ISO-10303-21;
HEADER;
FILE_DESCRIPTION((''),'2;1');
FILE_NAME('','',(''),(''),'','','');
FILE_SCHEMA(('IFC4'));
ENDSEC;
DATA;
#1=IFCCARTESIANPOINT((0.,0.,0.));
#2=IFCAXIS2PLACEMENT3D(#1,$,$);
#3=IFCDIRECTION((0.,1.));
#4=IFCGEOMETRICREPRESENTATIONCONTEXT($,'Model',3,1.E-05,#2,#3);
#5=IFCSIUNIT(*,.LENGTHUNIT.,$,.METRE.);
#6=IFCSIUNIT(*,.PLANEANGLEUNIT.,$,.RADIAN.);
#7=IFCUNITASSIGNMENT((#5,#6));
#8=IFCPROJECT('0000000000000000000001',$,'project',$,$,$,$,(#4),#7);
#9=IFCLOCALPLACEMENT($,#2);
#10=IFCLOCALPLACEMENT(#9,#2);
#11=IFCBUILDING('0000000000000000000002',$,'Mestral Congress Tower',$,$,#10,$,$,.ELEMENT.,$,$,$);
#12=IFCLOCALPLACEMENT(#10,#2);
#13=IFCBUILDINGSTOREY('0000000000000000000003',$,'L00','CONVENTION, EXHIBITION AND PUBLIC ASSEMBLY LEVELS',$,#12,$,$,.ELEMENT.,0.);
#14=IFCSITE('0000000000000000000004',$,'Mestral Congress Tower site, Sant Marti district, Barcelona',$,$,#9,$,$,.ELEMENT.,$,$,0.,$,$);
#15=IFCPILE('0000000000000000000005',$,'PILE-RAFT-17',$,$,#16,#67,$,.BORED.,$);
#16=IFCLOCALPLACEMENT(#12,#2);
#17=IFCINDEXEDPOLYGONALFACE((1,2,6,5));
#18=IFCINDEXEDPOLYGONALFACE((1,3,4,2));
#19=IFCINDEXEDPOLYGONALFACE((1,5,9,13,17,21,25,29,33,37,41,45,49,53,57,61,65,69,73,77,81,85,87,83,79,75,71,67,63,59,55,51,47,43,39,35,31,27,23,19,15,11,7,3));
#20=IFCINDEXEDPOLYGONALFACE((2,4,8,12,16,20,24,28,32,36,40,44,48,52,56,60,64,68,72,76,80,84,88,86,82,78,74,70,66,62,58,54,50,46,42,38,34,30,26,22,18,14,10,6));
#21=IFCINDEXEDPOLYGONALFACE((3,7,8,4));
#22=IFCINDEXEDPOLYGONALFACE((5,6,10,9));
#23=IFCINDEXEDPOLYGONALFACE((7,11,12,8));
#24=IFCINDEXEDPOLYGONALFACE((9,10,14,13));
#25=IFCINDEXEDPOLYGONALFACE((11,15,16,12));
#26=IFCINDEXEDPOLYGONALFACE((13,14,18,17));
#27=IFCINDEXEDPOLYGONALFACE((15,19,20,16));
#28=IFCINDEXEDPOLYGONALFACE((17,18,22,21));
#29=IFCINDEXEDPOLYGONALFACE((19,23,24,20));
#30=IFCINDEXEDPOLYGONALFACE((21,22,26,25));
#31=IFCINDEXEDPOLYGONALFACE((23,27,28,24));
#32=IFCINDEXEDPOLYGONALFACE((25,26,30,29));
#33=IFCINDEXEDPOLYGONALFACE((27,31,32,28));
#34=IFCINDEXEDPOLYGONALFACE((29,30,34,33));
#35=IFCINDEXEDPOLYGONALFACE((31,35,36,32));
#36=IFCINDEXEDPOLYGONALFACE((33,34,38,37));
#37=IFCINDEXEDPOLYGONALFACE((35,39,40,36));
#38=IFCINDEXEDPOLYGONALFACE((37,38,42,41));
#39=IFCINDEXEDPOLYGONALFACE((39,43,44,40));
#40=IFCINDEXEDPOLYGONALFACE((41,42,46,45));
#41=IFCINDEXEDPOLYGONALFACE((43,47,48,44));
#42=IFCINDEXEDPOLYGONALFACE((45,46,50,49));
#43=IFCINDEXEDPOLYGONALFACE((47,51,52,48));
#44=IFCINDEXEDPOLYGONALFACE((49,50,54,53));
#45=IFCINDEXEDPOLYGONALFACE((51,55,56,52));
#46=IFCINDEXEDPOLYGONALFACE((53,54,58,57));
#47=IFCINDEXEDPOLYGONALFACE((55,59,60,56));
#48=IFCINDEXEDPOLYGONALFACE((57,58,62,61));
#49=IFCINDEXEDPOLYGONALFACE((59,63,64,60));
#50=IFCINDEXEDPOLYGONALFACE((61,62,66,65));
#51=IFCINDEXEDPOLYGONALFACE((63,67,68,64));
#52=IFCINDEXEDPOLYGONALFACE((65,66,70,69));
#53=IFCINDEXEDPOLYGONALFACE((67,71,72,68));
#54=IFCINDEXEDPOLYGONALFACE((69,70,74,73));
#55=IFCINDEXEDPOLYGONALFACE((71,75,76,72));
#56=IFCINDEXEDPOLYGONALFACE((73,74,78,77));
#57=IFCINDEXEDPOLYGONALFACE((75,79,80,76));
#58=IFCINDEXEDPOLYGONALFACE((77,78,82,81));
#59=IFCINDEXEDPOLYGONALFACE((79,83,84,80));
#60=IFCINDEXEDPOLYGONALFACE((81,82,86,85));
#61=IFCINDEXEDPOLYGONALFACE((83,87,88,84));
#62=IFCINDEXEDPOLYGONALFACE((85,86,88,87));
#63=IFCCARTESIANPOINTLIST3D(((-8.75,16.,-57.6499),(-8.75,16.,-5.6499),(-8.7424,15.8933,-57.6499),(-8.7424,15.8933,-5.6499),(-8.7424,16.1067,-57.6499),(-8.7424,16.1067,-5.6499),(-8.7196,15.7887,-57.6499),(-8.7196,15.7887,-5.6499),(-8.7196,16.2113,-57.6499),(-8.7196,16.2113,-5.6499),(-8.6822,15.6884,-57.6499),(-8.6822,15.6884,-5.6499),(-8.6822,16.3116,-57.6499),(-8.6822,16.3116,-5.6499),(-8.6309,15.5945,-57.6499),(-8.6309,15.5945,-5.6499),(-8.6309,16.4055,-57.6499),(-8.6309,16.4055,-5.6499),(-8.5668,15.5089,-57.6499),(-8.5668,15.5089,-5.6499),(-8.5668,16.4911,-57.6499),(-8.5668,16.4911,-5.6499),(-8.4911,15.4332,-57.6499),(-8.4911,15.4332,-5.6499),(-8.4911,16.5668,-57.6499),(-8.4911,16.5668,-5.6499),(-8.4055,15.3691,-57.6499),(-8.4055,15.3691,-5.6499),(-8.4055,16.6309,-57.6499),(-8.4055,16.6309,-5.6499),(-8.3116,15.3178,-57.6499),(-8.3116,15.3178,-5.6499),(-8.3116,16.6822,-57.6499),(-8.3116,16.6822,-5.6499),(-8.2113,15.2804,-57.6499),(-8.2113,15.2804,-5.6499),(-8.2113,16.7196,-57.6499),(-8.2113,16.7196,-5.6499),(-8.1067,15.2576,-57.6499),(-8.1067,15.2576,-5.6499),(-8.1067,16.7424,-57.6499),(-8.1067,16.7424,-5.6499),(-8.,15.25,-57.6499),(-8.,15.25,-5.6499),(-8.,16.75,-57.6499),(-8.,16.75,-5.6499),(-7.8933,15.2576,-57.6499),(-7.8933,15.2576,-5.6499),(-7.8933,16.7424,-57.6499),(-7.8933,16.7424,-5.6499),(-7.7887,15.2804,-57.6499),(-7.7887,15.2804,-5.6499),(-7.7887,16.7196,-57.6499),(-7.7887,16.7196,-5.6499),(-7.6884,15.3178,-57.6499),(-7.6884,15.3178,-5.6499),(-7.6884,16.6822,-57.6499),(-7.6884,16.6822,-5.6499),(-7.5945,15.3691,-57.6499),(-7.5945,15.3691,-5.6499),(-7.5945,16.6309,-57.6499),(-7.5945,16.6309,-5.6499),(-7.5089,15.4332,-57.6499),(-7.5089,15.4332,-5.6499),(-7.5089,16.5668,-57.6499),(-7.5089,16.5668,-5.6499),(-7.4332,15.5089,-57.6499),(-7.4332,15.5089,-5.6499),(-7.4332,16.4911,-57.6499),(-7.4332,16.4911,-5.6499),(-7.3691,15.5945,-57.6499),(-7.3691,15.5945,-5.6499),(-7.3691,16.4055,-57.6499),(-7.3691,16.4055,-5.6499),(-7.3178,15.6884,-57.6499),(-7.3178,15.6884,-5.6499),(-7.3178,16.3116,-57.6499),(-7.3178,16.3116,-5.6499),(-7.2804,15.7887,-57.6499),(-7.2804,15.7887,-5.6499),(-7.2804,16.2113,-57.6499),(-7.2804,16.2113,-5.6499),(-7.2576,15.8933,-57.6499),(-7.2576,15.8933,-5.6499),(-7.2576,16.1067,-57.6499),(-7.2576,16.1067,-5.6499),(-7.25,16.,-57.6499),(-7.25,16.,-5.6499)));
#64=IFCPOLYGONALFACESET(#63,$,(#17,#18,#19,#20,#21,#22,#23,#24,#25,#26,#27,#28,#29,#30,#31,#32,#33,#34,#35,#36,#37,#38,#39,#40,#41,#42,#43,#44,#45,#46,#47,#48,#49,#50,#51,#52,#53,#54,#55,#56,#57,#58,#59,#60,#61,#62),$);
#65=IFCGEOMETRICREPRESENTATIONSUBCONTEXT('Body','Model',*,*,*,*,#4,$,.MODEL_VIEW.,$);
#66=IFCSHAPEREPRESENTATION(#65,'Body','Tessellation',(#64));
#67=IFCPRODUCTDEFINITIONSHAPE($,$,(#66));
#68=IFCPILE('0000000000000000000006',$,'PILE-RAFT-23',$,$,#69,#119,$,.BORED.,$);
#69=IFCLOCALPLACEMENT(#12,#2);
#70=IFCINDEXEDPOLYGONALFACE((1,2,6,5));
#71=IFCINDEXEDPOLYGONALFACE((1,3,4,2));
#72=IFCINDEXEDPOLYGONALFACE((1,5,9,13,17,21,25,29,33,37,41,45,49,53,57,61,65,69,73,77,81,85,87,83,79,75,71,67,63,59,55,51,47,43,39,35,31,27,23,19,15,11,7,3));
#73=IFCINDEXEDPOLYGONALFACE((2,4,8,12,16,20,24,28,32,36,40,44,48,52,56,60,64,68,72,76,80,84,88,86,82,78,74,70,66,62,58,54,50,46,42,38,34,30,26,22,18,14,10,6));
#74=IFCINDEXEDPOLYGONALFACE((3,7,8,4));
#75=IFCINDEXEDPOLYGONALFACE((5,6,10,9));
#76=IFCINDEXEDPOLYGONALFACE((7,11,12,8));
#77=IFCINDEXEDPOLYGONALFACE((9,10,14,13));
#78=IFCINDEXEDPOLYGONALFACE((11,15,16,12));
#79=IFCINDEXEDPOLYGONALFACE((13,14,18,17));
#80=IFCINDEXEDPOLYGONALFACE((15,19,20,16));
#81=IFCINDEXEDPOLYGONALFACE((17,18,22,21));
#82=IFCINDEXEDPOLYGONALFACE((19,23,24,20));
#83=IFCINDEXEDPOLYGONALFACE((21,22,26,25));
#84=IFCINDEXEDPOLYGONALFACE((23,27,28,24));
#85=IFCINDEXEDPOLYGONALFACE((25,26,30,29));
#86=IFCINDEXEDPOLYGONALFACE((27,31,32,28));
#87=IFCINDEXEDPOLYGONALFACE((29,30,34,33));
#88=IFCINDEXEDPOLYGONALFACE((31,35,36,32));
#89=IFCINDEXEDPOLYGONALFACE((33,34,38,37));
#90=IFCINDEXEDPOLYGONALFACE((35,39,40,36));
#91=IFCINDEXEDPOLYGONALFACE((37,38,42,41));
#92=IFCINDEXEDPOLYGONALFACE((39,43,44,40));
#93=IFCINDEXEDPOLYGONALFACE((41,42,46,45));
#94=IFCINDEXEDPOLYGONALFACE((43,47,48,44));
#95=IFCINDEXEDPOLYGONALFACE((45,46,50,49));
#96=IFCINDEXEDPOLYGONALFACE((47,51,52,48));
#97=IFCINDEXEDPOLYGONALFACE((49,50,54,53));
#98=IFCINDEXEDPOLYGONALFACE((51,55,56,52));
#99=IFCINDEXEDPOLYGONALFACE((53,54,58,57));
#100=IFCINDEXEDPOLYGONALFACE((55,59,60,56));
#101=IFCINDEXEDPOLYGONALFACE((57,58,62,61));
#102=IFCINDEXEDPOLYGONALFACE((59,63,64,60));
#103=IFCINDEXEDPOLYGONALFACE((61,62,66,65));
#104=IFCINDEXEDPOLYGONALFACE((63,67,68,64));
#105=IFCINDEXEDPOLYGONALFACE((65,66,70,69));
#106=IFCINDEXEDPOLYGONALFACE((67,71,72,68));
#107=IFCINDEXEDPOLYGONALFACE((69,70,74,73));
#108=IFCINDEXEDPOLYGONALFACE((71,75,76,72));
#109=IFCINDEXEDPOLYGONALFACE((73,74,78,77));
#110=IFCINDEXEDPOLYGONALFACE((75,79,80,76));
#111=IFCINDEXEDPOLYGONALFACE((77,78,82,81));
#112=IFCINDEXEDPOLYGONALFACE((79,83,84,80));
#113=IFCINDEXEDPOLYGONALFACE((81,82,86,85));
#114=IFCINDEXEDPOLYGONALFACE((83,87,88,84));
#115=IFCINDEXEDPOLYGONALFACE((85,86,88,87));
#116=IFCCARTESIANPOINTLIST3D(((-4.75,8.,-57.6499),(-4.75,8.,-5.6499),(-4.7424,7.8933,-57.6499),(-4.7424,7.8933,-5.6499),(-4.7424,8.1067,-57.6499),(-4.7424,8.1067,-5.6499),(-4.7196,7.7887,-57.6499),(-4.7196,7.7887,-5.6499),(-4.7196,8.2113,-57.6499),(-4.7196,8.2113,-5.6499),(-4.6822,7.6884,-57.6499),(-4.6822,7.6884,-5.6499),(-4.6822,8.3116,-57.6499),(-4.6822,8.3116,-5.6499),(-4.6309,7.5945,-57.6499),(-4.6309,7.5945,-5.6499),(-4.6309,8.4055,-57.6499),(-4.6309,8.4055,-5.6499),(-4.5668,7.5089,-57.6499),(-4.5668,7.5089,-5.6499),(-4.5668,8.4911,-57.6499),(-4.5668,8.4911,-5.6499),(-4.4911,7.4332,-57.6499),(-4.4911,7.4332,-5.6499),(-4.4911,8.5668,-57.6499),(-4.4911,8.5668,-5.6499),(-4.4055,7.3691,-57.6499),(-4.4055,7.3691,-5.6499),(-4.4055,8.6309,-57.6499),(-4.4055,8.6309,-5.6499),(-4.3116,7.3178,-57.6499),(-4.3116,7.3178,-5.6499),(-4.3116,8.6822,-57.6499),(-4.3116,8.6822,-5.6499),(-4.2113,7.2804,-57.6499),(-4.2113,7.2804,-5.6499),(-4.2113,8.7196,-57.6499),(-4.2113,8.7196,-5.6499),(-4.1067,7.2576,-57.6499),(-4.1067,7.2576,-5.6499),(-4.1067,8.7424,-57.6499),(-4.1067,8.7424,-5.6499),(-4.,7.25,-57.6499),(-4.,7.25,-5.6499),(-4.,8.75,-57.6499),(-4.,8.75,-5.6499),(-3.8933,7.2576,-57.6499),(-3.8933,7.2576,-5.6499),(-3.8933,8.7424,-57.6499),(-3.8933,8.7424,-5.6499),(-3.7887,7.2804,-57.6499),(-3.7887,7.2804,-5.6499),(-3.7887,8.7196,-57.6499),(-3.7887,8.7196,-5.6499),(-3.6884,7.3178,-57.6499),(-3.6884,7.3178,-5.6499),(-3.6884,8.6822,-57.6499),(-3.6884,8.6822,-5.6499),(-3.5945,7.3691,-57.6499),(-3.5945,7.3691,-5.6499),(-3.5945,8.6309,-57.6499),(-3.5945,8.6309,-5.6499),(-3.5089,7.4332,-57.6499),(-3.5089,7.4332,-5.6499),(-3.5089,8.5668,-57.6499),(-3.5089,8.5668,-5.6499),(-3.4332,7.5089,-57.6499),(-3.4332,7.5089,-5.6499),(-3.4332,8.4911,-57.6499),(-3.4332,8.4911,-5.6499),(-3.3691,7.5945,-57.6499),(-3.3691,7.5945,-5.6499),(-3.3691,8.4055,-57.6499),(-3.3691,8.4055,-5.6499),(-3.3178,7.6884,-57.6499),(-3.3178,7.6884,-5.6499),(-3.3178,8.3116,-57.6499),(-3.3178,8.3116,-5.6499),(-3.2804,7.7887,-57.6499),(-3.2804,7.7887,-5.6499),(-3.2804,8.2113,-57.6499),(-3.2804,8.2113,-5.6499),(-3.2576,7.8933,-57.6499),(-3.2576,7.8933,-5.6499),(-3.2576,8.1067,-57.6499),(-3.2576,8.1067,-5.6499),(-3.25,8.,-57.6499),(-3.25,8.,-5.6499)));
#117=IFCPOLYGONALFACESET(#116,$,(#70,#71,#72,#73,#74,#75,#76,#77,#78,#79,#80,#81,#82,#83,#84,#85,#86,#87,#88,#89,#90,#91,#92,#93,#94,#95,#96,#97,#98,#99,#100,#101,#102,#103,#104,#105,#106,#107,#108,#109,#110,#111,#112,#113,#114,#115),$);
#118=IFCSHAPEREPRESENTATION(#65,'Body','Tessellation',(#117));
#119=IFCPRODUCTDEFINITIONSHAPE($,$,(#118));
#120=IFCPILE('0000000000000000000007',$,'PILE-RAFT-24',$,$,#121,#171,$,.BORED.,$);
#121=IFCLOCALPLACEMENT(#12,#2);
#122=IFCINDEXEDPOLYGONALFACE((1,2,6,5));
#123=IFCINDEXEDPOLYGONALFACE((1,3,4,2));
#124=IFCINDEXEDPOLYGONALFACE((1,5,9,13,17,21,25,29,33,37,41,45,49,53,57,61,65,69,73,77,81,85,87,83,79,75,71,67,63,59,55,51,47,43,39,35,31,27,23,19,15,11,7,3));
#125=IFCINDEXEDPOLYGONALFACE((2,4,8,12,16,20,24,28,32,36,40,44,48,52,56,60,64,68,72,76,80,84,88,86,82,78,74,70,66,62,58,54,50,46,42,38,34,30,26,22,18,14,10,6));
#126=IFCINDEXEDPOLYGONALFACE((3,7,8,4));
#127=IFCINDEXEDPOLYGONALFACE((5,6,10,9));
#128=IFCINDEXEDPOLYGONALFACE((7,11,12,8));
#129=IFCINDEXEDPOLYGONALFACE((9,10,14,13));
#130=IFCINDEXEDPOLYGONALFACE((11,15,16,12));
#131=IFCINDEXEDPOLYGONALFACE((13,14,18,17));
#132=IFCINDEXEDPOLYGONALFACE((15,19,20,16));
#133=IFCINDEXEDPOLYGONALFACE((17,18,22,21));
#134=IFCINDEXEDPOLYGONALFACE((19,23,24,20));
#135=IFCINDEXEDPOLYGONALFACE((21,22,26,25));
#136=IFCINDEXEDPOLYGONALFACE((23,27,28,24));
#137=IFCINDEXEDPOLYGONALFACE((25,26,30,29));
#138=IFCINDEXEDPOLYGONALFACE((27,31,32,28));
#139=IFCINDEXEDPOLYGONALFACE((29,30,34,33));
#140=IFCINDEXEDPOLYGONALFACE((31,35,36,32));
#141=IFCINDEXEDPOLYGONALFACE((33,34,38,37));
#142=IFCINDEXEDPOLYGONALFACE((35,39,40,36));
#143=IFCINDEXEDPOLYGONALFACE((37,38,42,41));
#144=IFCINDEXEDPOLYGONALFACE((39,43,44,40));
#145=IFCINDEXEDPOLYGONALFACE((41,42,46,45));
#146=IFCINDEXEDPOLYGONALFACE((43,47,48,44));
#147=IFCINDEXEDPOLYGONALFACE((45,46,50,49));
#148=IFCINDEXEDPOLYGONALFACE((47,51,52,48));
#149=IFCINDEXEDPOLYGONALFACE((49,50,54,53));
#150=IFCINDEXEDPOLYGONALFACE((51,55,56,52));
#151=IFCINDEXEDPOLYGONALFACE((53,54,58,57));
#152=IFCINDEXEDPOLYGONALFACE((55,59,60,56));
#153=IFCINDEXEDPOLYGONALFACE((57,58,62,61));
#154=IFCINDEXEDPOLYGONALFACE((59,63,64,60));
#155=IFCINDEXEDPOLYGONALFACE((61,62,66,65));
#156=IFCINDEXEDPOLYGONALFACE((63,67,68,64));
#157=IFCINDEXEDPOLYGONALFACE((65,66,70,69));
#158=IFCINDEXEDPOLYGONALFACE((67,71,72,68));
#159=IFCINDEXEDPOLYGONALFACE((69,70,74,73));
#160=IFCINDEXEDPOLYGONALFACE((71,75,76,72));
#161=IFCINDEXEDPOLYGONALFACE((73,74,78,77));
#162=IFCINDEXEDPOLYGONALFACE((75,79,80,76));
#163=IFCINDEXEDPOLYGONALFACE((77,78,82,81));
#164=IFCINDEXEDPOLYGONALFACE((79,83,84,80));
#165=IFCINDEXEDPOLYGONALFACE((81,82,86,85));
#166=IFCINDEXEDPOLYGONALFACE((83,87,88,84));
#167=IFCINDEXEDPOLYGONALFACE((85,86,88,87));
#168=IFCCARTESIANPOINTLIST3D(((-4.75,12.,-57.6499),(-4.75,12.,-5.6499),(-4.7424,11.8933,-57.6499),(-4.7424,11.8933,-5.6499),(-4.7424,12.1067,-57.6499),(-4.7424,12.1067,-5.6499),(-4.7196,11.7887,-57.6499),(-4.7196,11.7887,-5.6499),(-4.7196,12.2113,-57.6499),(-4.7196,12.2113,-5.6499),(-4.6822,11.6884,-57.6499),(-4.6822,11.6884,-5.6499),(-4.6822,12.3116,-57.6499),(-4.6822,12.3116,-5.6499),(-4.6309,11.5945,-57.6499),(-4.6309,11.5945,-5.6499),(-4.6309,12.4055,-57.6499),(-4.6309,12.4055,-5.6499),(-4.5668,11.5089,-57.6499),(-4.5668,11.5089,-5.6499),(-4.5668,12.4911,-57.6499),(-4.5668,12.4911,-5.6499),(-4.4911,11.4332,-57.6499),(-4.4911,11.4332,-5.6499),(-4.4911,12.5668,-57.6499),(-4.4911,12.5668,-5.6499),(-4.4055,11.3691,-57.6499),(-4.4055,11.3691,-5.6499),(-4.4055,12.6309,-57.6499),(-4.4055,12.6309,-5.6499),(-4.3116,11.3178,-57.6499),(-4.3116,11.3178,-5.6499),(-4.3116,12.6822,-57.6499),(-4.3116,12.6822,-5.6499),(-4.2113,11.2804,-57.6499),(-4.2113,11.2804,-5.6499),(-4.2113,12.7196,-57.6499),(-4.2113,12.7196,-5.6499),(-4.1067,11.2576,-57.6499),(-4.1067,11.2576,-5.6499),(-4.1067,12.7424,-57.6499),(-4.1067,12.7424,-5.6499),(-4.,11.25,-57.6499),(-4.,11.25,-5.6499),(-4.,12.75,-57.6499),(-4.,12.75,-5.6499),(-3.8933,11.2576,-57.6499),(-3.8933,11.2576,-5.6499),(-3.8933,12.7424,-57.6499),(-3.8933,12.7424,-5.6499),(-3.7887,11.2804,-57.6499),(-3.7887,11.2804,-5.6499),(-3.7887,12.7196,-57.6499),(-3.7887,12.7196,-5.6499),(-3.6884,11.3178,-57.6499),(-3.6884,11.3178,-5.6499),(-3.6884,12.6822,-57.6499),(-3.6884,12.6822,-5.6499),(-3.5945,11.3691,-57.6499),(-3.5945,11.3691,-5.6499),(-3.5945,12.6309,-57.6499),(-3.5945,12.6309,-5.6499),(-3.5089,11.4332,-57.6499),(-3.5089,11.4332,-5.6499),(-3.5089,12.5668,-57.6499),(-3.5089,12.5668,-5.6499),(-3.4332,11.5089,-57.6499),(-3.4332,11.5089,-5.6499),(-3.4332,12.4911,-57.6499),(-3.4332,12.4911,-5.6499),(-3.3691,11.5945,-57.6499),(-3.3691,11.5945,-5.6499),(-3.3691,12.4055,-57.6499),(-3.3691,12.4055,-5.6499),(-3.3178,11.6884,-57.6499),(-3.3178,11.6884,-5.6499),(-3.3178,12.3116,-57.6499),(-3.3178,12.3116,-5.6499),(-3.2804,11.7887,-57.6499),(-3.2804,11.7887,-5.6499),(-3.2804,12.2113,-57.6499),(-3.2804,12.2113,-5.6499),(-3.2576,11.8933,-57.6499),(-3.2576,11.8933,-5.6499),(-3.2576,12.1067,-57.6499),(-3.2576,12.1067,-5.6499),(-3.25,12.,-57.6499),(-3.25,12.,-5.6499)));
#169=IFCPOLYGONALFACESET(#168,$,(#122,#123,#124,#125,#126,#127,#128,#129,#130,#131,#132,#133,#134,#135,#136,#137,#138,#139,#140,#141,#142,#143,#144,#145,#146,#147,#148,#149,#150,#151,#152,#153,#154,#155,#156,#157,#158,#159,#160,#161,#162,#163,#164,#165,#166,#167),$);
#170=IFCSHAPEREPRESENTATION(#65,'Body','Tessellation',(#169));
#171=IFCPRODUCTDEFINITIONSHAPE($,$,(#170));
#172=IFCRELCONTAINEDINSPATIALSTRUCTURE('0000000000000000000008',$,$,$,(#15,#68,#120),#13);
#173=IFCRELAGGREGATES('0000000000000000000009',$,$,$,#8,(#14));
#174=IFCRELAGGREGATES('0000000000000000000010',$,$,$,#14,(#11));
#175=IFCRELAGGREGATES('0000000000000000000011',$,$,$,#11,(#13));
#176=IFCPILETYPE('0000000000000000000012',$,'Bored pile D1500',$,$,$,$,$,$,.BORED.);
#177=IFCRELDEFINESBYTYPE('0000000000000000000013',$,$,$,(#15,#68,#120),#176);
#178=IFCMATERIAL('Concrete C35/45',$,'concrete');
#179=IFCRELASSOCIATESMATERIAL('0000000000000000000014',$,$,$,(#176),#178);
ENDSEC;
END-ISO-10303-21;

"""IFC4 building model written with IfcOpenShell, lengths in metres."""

from ifc_helpers import new_model, si_unit, direction, frame, origin, origin_2d, place, context, subcontext, project, spatial, circle, extrude, material, material_profile, profile_set, type_object, element, save


model = new_model("IFC4")

# Units and contexts
model_context = context("Model", 3, precision=1e-05, world=origin(), true_north=direction((0.0, 1.0)))
body_context = subcontext(model_context, "Body", "Model", "MODEL_VIEW")
ifc_project = project(units=[si_unit("LENGTHUNIT", "METRE"), si_unit("PLANEANGLEUNIT", "RADIAN")], contexts=[model_context])

# Site, building, storey
site_placement = place(None, origin())
site = spatial("IfcSite", under=ifc_project, at=site_placement, Name="Mestral Congress Tower site, Sant Marti district, Barcelona", CompositionType="ELEMENT", RefElevation=0.0)
building_placement = place(site_placement, origin())
building = spatial("IfcBuilding", under=site, at=building_placement, Name="Mestral Congress Tower", CompositionType="ELEMENT")
storey_placement = place(building_placement, origin())
storey = spatial("IfcBuildingStorey", under=building, at=storey_placement, Name="L00", Description="CONVENTION, EXHIBITION AND PUBLIC ASSEMBLY LEVELS", CompositionType="ELEMENT", Elevation=0.0)

# Piles
ifc_material_1 = material(Name="Concrete C35/45", Category="concrete")
ifc_material_profile = material_profile(ifc_material_1, circle(Radius=0.75, at=origin_2d()), Name="D1500")
ifc_profile_set = profile_set([ifc_material_profile], Name="Concrete C35/45")
pile_type = type_object("IfcPileType", Name="Bored pile D1500", PredefinedType="BORED", material=ifc_profile_set)
for number, where, z_axis, x_axis, name in (
    (1, (-8.0, 16.0, -5.6499), (0.0, 0.0, -1.0), (1.0, 0.0, 0.0), "PILE-RAFT-17"),
    (2, (-4.0, 8.0, -5.6499), (0.0, 0.0, -1.0), (1.0, 0.0, 0.0), "PILE-RAFT-23"),
    (3, (-4.0, 12.0, -5.6499), (0.0, 0.0, -1.0), (1.0, 0.0, 0.0), "PILE-RAFT-24"),
):
    element("IfcPile", number, at=place(storey_placement, frame(where, z_axis=z_axis, x_axis=x_axis)), inside=storey, type_object=pile_type, Name=name, PredefinedType="BORED", context=body_context, shape_type="SweptSolid", body=[
        extrude(circle(Radius=0.75, at=origin_2d()), origin(), (0.0, 0.0, 1.0), 52.0),
    ])

save(model, "model.ifc")
